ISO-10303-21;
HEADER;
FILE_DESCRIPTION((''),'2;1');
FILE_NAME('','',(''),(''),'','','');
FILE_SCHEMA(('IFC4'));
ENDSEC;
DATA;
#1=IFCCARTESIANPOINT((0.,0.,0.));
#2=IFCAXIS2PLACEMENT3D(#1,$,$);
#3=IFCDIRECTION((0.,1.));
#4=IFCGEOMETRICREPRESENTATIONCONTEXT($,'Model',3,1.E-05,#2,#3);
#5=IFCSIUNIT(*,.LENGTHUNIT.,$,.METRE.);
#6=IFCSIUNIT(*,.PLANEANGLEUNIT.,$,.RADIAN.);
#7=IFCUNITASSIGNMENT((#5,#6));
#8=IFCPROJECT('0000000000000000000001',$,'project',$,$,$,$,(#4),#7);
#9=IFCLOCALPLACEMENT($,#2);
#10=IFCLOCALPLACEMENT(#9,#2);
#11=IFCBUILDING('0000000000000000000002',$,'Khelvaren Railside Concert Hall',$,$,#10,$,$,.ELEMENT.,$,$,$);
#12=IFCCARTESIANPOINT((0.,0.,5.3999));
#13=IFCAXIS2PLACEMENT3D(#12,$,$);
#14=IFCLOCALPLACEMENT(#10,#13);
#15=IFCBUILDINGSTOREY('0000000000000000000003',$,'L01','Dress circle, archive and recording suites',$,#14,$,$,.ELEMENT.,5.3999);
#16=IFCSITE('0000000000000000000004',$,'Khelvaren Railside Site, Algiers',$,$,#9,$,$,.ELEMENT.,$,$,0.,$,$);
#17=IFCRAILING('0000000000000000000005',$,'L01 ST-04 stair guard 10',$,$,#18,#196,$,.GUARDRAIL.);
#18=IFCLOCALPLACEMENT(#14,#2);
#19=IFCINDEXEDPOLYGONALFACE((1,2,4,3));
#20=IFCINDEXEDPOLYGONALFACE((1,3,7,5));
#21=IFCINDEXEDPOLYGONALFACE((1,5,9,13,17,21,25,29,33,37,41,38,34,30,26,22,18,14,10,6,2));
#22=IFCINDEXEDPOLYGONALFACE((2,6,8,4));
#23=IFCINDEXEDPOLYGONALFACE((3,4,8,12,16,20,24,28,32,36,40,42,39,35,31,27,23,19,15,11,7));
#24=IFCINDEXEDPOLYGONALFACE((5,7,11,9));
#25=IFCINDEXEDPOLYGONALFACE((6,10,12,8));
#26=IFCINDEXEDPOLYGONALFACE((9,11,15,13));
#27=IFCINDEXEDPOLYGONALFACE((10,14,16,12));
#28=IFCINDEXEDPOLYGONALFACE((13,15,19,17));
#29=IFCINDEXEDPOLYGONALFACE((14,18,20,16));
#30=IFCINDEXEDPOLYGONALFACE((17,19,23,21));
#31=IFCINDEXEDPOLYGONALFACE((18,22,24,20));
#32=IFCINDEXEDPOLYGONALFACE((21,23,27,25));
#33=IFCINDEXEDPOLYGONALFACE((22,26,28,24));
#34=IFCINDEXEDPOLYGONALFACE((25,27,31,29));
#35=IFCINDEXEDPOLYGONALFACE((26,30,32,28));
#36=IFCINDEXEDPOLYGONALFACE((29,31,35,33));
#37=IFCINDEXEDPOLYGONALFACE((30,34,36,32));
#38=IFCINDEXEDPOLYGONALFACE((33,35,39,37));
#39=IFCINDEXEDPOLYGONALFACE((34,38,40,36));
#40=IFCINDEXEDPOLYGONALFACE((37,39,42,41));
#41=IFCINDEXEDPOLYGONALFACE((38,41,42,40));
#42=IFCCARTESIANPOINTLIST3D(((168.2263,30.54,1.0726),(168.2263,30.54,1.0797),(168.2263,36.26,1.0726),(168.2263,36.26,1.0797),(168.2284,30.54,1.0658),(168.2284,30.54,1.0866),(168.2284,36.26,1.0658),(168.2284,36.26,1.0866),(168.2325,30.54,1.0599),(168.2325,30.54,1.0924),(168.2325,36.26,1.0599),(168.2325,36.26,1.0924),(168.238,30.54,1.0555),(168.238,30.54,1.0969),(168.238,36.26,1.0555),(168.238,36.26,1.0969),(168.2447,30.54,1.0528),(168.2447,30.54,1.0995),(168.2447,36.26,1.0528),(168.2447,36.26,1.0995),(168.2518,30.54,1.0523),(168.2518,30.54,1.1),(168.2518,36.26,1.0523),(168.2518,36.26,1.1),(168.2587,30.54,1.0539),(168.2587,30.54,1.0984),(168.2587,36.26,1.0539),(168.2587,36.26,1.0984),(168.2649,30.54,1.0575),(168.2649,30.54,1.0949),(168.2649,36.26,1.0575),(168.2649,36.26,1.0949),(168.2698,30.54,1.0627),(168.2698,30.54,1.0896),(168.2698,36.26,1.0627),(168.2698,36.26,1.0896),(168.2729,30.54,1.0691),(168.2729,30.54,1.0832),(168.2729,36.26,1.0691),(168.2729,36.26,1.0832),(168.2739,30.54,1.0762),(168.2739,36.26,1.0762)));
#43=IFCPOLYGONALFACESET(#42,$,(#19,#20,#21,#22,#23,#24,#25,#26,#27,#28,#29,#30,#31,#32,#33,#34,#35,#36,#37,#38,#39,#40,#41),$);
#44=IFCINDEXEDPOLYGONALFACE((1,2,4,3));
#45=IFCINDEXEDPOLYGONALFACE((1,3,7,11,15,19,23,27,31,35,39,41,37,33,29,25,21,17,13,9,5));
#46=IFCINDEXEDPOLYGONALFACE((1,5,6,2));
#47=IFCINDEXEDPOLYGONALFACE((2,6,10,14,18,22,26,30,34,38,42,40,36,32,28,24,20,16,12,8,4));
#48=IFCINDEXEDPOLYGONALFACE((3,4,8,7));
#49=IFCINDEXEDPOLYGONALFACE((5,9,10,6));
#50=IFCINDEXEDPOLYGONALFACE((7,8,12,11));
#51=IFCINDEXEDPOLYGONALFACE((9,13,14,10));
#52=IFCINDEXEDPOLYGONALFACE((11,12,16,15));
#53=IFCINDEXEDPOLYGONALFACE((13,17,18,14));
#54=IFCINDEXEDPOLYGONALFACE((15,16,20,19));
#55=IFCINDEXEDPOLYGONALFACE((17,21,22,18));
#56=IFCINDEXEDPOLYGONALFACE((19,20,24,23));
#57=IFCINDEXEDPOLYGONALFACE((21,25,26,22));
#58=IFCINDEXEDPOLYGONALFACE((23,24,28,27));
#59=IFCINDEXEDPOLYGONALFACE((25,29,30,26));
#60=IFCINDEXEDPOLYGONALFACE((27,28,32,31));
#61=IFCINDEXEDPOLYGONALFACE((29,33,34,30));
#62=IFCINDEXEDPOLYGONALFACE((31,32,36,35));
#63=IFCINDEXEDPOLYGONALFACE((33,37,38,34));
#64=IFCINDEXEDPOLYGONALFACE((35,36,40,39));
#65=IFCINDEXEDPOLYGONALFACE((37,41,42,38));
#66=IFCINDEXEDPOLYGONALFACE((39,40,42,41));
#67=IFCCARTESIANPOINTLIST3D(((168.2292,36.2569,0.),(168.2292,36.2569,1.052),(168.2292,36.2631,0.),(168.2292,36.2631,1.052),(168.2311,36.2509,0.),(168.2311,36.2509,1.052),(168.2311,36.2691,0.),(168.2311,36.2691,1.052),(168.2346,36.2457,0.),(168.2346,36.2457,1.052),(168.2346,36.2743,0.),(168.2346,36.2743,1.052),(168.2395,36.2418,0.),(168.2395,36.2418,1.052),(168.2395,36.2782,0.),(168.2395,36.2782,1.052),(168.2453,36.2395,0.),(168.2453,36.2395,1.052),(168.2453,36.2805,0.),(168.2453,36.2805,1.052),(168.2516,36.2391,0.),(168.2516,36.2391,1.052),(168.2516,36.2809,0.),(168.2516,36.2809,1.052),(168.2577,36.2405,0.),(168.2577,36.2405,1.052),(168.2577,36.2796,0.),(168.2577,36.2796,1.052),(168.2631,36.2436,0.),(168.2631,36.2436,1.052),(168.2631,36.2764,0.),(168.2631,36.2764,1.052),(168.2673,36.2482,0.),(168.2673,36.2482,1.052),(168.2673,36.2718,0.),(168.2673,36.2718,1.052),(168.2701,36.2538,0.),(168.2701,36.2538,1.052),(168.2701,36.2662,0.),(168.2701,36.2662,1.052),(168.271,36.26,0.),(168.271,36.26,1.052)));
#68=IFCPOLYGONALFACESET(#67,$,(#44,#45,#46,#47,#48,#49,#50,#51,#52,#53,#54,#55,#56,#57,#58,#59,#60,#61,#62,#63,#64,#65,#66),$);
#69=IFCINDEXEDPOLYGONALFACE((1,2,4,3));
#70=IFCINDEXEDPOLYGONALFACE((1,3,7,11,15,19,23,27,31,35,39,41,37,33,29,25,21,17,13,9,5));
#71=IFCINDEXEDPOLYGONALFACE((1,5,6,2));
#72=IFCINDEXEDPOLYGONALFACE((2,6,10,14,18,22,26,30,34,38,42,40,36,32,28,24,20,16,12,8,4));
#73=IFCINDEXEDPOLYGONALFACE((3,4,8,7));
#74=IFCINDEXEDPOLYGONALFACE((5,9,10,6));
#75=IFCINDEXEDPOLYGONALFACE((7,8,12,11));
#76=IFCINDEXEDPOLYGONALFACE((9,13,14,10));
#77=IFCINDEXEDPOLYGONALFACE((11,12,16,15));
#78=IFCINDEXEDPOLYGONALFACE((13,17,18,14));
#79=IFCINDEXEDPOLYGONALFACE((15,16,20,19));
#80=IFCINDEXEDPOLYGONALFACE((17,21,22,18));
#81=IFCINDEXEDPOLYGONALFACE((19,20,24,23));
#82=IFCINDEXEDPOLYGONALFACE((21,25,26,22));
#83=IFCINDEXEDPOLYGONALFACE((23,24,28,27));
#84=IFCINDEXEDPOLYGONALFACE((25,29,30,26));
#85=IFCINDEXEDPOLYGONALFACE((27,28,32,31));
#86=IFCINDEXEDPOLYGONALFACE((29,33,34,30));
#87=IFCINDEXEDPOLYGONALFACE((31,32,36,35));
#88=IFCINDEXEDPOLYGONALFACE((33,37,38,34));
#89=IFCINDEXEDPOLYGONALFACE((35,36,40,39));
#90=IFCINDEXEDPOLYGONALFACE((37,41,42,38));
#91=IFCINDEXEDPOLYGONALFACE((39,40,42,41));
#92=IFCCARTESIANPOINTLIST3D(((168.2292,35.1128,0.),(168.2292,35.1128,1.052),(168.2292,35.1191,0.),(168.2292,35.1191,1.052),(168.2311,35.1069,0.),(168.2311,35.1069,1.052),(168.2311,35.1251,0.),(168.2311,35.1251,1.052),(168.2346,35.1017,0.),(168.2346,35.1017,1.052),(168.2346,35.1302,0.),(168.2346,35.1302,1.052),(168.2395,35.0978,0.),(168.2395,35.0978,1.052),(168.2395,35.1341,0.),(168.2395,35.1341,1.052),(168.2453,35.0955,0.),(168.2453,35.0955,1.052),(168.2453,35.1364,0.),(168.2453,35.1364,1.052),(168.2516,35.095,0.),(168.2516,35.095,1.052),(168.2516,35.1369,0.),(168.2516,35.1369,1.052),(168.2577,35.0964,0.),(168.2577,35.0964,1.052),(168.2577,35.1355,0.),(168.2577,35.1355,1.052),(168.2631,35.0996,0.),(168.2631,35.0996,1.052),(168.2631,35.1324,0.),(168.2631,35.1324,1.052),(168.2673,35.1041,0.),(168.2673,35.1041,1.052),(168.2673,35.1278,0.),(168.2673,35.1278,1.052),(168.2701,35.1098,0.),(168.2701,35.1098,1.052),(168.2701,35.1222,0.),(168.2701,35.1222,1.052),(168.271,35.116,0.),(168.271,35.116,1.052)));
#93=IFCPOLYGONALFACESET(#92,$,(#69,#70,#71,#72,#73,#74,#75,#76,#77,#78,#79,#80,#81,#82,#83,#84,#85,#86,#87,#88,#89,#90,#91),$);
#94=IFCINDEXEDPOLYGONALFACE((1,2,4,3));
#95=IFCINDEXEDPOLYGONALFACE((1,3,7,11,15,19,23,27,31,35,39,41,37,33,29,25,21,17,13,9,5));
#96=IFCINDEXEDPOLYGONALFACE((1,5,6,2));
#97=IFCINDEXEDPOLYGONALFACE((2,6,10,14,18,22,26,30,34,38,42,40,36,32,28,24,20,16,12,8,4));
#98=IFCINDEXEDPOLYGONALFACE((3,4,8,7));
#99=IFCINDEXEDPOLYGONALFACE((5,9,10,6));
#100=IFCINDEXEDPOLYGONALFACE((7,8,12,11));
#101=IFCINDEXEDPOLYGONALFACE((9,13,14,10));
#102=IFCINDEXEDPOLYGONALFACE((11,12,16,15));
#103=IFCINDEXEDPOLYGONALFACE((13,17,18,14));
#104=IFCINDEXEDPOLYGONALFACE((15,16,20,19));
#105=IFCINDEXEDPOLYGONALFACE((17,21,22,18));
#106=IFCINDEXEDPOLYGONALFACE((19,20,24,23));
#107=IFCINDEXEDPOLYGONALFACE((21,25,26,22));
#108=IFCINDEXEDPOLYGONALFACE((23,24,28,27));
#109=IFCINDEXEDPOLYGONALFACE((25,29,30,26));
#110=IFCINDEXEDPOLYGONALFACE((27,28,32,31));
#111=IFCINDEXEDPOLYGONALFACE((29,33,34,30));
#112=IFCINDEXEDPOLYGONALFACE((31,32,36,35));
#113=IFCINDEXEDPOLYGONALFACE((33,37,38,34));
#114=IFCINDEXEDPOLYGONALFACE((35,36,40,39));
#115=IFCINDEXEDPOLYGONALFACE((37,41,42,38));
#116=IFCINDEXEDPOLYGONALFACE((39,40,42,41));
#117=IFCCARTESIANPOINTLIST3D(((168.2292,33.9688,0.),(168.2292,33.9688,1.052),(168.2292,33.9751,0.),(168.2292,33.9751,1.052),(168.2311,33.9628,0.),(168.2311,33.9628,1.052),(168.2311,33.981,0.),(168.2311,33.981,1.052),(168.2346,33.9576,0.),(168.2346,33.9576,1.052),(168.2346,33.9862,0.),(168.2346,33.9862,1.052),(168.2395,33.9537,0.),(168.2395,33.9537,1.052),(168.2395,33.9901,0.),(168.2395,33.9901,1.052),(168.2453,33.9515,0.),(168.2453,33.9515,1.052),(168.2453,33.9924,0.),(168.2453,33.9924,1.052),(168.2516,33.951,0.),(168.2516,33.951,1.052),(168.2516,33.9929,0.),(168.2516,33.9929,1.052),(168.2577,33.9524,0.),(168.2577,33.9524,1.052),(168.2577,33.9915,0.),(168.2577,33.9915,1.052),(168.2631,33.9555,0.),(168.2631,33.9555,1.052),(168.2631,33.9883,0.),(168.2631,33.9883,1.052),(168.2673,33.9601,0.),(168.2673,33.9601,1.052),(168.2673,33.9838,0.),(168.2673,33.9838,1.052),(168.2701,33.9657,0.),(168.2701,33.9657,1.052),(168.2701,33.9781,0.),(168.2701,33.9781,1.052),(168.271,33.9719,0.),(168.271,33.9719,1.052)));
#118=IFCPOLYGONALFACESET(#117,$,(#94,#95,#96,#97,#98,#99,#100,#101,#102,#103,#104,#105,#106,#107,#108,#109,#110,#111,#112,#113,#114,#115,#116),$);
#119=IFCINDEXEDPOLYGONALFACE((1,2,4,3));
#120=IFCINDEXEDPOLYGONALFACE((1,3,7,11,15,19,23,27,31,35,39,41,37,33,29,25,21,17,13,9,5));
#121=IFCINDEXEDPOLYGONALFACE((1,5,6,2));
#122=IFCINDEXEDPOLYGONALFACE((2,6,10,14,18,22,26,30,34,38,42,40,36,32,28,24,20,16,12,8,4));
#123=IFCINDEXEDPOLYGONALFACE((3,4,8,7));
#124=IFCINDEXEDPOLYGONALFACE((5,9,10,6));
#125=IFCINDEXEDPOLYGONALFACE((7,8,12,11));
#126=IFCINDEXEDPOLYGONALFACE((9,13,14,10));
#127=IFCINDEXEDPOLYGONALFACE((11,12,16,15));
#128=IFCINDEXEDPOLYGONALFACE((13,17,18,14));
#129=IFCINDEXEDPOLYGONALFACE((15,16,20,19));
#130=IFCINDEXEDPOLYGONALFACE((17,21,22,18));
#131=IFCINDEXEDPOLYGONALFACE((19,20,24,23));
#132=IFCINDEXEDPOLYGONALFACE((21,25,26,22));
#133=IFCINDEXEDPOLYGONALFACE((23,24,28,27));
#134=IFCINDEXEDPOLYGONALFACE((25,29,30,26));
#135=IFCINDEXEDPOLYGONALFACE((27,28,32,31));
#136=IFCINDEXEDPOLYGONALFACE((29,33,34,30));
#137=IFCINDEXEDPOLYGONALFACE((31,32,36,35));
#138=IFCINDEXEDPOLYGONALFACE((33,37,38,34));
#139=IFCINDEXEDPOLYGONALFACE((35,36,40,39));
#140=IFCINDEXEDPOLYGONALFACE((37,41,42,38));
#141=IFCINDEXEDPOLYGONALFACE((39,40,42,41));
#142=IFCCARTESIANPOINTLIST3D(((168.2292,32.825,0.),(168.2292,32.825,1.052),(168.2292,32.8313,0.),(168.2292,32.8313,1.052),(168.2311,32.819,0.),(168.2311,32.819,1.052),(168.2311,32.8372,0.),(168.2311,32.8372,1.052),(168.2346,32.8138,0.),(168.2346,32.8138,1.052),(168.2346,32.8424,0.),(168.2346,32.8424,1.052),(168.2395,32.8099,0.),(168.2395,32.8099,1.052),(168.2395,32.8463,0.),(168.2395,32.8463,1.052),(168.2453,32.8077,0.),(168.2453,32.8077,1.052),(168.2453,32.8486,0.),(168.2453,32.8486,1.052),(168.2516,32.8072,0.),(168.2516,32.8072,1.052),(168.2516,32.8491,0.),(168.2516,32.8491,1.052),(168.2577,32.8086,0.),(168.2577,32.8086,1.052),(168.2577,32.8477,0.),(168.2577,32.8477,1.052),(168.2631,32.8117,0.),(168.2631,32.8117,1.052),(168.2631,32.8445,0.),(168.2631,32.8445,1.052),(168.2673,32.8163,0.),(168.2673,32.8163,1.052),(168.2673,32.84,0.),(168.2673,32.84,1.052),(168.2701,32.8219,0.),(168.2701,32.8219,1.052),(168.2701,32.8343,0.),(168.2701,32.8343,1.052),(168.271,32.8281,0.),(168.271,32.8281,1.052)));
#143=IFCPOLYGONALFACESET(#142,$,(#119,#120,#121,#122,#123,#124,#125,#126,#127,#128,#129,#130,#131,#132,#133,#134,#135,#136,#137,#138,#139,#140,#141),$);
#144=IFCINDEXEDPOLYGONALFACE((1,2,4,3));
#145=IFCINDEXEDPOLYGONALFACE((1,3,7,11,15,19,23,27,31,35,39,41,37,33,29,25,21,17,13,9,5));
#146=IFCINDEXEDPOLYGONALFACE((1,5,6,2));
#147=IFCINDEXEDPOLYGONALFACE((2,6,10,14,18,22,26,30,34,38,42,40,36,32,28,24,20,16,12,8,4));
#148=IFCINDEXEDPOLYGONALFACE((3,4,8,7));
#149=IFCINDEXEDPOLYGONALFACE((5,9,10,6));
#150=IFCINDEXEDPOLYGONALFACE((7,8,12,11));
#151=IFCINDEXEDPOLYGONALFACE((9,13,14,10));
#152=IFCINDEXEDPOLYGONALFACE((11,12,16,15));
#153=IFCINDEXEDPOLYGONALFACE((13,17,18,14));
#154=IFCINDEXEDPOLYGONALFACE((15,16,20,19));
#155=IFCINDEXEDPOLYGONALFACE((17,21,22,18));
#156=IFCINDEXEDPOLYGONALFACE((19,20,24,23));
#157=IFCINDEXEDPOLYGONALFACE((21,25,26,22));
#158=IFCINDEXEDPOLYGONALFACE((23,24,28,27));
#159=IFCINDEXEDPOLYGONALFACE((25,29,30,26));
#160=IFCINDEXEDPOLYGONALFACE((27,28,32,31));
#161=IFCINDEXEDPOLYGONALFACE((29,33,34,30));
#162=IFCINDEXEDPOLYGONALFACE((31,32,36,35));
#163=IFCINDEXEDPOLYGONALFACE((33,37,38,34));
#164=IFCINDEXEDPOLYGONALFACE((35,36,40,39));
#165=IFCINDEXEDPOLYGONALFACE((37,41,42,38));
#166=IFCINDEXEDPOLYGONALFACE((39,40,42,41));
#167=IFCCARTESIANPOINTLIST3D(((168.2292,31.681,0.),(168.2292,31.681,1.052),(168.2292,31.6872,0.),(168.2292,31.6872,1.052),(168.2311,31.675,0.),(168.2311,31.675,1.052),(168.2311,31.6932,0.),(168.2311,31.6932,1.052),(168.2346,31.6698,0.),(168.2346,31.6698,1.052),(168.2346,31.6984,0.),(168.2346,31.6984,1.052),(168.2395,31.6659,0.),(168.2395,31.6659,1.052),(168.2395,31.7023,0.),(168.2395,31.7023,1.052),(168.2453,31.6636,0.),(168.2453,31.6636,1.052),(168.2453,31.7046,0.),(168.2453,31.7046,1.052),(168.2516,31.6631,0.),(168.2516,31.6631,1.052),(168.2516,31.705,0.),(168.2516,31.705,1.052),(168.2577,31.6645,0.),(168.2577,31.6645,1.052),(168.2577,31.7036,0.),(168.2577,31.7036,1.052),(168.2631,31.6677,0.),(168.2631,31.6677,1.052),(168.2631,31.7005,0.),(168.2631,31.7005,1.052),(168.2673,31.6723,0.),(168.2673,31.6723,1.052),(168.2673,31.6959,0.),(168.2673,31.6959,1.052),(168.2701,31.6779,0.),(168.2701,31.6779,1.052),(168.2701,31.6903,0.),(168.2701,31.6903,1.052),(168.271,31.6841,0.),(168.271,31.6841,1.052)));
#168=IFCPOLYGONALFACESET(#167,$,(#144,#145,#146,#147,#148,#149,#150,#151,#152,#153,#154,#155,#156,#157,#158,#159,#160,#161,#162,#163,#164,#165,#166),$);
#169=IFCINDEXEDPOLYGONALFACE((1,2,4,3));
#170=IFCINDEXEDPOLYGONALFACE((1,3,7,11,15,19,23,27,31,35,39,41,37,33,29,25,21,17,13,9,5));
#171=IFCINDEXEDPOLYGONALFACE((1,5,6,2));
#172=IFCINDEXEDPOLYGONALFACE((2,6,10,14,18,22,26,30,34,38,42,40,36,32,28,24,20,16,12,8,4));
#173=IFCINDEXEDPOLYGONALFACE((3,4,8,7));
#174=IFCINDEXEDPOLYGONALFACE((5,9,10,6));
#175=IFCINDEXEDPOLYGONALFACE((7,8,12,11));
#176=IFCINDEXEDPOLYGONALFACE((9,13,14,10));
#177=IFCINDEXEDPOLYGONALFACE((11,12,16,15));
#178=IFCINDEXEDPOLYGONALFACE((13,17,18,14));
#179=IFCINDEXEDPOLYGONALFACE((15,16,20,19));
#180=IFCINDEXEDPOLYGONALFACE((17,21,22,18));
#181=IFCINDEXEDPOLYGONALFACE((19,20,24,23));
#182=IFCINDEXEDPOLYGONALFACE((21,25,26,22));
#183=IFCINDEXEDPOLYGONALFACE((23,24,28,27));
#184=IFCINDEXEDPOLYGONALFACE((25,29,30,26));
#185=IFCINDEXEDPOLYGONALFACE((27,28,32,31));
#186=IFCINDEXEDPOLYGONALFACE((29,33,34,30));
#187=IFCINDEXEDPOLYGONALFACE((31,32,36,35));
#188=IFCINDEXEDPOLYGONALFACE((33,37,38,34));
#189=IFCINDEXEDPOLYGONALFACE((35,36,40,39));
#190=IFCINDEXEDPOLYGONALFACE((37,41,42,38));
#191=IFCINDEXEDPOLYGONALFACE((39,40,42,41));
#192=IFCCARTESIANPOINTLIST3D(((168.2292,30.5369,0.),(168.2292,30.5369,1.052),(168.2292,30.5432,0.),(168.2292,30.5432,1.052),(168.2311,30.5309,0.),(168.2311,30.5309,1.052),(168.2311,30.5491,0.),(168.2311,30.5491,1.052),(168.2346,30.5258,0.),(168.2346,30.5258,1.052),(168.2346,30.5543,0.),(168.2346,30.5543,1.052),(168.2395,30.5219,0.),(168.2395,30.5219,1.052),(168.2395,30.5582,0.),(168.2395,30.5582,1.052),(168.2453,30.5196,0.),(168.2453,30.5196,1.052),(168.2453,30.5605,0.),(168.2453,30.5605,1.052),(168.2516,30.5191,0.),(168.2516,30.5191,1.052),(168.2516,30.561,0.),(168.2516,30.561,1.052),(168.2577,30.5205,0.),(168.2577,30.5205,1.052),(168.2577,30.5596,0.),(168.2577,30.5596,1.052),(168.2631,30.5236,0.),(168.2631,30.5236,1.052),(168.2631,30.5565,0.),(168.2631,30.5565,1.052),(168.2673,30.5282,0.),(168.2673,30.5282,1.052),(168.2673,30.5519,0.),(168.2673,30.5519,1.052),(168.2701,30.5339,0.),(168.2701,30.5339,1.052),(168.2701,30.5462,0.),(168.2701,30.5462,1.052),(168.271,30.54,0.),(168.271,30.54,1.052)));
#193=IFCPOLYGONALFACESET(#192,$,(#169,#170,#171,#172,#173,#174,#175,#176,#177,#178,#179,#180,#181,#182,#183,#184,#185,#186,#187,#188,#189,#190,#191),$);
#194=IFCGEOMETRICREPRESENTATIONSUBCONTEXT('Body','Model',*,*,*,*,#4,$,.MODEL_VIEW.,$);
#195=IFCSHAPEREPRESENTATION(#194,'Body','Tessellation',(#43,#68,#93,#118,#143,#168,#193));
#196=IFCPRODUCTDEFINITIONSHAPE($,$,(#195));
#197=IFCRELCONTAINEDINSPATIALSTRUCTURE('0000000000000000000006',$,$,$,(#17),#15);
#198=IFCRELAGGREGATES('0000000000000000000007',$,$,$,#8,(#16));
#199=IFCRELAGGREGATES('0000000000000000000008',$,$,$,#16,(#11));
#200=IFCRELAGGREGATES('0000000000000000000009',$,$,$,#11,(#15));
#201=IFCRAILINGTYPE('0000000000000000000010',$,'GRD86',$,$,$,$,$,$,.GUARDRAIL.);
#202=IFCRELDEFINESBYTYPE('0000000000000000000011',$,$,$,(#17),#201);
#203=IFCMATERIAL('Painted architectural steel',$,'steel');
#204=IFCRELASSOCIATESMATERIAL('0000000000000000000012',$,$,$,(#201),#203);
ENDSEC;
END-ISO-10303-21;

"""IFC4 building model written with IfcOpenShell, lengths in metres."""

from ifc_helpers import new_model, si_unit, direction, frame, origin, origin_2d, place, context, subcontext, project, spatial, circle, extrude, material, type_object, element, save


model = new_model("IFC4")

# Units and contexts
model_context = context("Model", 3, precision=1e-05, world=origin(), true_north=direction((0.0, 1.0)))
body_context = subcontext(model_context, "Body", "Model", "MODEL_VIEW")
ifc_project = project(units=[si_unit("LENGTHUNIT", "METRE"), si_unit("PLANEANGLEUNIT", "RADIAN")], contexts=[model_context])

# Site, building, storey
site_placement = place(None, origin())
site = spatial("IfcSite", under=ifc_project, at=site_placement, Name="Khelvaren Railside Site, Algiers", CompositionType="ELEMENT", RefElevation=0.0)
building_placement = place(site_placement, origin())
building = spatial("IfcBuilding", under=site, at=building_placement, Name="Khelvaren Railside Concert Hall", CompositionType="ELEMENT")
storey_placement = place(building_placement, frame((0.0, 0.0, 5.3999)))
storey = spatial("IfcBuildingStorey", under=building, at=storey_placement, Name="L01", Description="Dress circle, archive and recording suites", CompositionType="ELEMENT", Elevation=5.3999)

# Railing
ifc_material_1 = material(Name="Painted architectural steel", Category="steel")
railing_type_1 = type_object("IfcRailingType", Name="GRD86", PredefinedType="GUARDRAIL", material=ifc_material_1)
railing_1_placement = place(storey_placement, frame((168.25, 36.26, 0.0)))
element("IfcRailing", 1, at=railing_1_placement, inside=storey, type_object=railing_type_1, Name="L01 ST-04 stair guard 10", PredefinedType="GUARDRAIL", context=body_context, shape_type="SweptSolid", body=[
    extrude(circle(Radius=0.0239, at=origin_2d()), frame((0.0, 0.0, 1.0762), z_axis=(0.0, -1.0, 0.0), x_axis=(1.0, 0.0, 0.0)), (0.0, 0.0, 1.0), 5.72),
    extrude(circle(Radius=0.021, at=origin_2d()), origin(), (0.0, 0.0, 1.0), 1.052),
    extrude(circle(Radius=0.021, at=origin_2d()), frame((0.0, -1.144, 0.0)), (0.0, 0.0, 1.0), 1.052),
    extrude(circle(Radius=0.021, at=origin_2d()), frame((0.0, -2.2881, 0.0)), (0.0, 0.0, 1.0), 1.052),
    extrude(circle(Radius=0.021, at=origin_2d()), frame((0.0, -3.4319, 0.0)), (0.0, 0.0, 1.0), 1.052),
    extrude(circle(Radius=0.021, at=origin_2d()), frame((0.0, -4.5759, 0.0)), (0.0, 0.0, 1.0), 1.052),
    extrude(circle(Radius=0.021, at=origin_2d()), frame((0.0, -5.72, 0.0)), (0.0, 0.0, 1.0), 1.052),
])

save(model, "model.ifc")
